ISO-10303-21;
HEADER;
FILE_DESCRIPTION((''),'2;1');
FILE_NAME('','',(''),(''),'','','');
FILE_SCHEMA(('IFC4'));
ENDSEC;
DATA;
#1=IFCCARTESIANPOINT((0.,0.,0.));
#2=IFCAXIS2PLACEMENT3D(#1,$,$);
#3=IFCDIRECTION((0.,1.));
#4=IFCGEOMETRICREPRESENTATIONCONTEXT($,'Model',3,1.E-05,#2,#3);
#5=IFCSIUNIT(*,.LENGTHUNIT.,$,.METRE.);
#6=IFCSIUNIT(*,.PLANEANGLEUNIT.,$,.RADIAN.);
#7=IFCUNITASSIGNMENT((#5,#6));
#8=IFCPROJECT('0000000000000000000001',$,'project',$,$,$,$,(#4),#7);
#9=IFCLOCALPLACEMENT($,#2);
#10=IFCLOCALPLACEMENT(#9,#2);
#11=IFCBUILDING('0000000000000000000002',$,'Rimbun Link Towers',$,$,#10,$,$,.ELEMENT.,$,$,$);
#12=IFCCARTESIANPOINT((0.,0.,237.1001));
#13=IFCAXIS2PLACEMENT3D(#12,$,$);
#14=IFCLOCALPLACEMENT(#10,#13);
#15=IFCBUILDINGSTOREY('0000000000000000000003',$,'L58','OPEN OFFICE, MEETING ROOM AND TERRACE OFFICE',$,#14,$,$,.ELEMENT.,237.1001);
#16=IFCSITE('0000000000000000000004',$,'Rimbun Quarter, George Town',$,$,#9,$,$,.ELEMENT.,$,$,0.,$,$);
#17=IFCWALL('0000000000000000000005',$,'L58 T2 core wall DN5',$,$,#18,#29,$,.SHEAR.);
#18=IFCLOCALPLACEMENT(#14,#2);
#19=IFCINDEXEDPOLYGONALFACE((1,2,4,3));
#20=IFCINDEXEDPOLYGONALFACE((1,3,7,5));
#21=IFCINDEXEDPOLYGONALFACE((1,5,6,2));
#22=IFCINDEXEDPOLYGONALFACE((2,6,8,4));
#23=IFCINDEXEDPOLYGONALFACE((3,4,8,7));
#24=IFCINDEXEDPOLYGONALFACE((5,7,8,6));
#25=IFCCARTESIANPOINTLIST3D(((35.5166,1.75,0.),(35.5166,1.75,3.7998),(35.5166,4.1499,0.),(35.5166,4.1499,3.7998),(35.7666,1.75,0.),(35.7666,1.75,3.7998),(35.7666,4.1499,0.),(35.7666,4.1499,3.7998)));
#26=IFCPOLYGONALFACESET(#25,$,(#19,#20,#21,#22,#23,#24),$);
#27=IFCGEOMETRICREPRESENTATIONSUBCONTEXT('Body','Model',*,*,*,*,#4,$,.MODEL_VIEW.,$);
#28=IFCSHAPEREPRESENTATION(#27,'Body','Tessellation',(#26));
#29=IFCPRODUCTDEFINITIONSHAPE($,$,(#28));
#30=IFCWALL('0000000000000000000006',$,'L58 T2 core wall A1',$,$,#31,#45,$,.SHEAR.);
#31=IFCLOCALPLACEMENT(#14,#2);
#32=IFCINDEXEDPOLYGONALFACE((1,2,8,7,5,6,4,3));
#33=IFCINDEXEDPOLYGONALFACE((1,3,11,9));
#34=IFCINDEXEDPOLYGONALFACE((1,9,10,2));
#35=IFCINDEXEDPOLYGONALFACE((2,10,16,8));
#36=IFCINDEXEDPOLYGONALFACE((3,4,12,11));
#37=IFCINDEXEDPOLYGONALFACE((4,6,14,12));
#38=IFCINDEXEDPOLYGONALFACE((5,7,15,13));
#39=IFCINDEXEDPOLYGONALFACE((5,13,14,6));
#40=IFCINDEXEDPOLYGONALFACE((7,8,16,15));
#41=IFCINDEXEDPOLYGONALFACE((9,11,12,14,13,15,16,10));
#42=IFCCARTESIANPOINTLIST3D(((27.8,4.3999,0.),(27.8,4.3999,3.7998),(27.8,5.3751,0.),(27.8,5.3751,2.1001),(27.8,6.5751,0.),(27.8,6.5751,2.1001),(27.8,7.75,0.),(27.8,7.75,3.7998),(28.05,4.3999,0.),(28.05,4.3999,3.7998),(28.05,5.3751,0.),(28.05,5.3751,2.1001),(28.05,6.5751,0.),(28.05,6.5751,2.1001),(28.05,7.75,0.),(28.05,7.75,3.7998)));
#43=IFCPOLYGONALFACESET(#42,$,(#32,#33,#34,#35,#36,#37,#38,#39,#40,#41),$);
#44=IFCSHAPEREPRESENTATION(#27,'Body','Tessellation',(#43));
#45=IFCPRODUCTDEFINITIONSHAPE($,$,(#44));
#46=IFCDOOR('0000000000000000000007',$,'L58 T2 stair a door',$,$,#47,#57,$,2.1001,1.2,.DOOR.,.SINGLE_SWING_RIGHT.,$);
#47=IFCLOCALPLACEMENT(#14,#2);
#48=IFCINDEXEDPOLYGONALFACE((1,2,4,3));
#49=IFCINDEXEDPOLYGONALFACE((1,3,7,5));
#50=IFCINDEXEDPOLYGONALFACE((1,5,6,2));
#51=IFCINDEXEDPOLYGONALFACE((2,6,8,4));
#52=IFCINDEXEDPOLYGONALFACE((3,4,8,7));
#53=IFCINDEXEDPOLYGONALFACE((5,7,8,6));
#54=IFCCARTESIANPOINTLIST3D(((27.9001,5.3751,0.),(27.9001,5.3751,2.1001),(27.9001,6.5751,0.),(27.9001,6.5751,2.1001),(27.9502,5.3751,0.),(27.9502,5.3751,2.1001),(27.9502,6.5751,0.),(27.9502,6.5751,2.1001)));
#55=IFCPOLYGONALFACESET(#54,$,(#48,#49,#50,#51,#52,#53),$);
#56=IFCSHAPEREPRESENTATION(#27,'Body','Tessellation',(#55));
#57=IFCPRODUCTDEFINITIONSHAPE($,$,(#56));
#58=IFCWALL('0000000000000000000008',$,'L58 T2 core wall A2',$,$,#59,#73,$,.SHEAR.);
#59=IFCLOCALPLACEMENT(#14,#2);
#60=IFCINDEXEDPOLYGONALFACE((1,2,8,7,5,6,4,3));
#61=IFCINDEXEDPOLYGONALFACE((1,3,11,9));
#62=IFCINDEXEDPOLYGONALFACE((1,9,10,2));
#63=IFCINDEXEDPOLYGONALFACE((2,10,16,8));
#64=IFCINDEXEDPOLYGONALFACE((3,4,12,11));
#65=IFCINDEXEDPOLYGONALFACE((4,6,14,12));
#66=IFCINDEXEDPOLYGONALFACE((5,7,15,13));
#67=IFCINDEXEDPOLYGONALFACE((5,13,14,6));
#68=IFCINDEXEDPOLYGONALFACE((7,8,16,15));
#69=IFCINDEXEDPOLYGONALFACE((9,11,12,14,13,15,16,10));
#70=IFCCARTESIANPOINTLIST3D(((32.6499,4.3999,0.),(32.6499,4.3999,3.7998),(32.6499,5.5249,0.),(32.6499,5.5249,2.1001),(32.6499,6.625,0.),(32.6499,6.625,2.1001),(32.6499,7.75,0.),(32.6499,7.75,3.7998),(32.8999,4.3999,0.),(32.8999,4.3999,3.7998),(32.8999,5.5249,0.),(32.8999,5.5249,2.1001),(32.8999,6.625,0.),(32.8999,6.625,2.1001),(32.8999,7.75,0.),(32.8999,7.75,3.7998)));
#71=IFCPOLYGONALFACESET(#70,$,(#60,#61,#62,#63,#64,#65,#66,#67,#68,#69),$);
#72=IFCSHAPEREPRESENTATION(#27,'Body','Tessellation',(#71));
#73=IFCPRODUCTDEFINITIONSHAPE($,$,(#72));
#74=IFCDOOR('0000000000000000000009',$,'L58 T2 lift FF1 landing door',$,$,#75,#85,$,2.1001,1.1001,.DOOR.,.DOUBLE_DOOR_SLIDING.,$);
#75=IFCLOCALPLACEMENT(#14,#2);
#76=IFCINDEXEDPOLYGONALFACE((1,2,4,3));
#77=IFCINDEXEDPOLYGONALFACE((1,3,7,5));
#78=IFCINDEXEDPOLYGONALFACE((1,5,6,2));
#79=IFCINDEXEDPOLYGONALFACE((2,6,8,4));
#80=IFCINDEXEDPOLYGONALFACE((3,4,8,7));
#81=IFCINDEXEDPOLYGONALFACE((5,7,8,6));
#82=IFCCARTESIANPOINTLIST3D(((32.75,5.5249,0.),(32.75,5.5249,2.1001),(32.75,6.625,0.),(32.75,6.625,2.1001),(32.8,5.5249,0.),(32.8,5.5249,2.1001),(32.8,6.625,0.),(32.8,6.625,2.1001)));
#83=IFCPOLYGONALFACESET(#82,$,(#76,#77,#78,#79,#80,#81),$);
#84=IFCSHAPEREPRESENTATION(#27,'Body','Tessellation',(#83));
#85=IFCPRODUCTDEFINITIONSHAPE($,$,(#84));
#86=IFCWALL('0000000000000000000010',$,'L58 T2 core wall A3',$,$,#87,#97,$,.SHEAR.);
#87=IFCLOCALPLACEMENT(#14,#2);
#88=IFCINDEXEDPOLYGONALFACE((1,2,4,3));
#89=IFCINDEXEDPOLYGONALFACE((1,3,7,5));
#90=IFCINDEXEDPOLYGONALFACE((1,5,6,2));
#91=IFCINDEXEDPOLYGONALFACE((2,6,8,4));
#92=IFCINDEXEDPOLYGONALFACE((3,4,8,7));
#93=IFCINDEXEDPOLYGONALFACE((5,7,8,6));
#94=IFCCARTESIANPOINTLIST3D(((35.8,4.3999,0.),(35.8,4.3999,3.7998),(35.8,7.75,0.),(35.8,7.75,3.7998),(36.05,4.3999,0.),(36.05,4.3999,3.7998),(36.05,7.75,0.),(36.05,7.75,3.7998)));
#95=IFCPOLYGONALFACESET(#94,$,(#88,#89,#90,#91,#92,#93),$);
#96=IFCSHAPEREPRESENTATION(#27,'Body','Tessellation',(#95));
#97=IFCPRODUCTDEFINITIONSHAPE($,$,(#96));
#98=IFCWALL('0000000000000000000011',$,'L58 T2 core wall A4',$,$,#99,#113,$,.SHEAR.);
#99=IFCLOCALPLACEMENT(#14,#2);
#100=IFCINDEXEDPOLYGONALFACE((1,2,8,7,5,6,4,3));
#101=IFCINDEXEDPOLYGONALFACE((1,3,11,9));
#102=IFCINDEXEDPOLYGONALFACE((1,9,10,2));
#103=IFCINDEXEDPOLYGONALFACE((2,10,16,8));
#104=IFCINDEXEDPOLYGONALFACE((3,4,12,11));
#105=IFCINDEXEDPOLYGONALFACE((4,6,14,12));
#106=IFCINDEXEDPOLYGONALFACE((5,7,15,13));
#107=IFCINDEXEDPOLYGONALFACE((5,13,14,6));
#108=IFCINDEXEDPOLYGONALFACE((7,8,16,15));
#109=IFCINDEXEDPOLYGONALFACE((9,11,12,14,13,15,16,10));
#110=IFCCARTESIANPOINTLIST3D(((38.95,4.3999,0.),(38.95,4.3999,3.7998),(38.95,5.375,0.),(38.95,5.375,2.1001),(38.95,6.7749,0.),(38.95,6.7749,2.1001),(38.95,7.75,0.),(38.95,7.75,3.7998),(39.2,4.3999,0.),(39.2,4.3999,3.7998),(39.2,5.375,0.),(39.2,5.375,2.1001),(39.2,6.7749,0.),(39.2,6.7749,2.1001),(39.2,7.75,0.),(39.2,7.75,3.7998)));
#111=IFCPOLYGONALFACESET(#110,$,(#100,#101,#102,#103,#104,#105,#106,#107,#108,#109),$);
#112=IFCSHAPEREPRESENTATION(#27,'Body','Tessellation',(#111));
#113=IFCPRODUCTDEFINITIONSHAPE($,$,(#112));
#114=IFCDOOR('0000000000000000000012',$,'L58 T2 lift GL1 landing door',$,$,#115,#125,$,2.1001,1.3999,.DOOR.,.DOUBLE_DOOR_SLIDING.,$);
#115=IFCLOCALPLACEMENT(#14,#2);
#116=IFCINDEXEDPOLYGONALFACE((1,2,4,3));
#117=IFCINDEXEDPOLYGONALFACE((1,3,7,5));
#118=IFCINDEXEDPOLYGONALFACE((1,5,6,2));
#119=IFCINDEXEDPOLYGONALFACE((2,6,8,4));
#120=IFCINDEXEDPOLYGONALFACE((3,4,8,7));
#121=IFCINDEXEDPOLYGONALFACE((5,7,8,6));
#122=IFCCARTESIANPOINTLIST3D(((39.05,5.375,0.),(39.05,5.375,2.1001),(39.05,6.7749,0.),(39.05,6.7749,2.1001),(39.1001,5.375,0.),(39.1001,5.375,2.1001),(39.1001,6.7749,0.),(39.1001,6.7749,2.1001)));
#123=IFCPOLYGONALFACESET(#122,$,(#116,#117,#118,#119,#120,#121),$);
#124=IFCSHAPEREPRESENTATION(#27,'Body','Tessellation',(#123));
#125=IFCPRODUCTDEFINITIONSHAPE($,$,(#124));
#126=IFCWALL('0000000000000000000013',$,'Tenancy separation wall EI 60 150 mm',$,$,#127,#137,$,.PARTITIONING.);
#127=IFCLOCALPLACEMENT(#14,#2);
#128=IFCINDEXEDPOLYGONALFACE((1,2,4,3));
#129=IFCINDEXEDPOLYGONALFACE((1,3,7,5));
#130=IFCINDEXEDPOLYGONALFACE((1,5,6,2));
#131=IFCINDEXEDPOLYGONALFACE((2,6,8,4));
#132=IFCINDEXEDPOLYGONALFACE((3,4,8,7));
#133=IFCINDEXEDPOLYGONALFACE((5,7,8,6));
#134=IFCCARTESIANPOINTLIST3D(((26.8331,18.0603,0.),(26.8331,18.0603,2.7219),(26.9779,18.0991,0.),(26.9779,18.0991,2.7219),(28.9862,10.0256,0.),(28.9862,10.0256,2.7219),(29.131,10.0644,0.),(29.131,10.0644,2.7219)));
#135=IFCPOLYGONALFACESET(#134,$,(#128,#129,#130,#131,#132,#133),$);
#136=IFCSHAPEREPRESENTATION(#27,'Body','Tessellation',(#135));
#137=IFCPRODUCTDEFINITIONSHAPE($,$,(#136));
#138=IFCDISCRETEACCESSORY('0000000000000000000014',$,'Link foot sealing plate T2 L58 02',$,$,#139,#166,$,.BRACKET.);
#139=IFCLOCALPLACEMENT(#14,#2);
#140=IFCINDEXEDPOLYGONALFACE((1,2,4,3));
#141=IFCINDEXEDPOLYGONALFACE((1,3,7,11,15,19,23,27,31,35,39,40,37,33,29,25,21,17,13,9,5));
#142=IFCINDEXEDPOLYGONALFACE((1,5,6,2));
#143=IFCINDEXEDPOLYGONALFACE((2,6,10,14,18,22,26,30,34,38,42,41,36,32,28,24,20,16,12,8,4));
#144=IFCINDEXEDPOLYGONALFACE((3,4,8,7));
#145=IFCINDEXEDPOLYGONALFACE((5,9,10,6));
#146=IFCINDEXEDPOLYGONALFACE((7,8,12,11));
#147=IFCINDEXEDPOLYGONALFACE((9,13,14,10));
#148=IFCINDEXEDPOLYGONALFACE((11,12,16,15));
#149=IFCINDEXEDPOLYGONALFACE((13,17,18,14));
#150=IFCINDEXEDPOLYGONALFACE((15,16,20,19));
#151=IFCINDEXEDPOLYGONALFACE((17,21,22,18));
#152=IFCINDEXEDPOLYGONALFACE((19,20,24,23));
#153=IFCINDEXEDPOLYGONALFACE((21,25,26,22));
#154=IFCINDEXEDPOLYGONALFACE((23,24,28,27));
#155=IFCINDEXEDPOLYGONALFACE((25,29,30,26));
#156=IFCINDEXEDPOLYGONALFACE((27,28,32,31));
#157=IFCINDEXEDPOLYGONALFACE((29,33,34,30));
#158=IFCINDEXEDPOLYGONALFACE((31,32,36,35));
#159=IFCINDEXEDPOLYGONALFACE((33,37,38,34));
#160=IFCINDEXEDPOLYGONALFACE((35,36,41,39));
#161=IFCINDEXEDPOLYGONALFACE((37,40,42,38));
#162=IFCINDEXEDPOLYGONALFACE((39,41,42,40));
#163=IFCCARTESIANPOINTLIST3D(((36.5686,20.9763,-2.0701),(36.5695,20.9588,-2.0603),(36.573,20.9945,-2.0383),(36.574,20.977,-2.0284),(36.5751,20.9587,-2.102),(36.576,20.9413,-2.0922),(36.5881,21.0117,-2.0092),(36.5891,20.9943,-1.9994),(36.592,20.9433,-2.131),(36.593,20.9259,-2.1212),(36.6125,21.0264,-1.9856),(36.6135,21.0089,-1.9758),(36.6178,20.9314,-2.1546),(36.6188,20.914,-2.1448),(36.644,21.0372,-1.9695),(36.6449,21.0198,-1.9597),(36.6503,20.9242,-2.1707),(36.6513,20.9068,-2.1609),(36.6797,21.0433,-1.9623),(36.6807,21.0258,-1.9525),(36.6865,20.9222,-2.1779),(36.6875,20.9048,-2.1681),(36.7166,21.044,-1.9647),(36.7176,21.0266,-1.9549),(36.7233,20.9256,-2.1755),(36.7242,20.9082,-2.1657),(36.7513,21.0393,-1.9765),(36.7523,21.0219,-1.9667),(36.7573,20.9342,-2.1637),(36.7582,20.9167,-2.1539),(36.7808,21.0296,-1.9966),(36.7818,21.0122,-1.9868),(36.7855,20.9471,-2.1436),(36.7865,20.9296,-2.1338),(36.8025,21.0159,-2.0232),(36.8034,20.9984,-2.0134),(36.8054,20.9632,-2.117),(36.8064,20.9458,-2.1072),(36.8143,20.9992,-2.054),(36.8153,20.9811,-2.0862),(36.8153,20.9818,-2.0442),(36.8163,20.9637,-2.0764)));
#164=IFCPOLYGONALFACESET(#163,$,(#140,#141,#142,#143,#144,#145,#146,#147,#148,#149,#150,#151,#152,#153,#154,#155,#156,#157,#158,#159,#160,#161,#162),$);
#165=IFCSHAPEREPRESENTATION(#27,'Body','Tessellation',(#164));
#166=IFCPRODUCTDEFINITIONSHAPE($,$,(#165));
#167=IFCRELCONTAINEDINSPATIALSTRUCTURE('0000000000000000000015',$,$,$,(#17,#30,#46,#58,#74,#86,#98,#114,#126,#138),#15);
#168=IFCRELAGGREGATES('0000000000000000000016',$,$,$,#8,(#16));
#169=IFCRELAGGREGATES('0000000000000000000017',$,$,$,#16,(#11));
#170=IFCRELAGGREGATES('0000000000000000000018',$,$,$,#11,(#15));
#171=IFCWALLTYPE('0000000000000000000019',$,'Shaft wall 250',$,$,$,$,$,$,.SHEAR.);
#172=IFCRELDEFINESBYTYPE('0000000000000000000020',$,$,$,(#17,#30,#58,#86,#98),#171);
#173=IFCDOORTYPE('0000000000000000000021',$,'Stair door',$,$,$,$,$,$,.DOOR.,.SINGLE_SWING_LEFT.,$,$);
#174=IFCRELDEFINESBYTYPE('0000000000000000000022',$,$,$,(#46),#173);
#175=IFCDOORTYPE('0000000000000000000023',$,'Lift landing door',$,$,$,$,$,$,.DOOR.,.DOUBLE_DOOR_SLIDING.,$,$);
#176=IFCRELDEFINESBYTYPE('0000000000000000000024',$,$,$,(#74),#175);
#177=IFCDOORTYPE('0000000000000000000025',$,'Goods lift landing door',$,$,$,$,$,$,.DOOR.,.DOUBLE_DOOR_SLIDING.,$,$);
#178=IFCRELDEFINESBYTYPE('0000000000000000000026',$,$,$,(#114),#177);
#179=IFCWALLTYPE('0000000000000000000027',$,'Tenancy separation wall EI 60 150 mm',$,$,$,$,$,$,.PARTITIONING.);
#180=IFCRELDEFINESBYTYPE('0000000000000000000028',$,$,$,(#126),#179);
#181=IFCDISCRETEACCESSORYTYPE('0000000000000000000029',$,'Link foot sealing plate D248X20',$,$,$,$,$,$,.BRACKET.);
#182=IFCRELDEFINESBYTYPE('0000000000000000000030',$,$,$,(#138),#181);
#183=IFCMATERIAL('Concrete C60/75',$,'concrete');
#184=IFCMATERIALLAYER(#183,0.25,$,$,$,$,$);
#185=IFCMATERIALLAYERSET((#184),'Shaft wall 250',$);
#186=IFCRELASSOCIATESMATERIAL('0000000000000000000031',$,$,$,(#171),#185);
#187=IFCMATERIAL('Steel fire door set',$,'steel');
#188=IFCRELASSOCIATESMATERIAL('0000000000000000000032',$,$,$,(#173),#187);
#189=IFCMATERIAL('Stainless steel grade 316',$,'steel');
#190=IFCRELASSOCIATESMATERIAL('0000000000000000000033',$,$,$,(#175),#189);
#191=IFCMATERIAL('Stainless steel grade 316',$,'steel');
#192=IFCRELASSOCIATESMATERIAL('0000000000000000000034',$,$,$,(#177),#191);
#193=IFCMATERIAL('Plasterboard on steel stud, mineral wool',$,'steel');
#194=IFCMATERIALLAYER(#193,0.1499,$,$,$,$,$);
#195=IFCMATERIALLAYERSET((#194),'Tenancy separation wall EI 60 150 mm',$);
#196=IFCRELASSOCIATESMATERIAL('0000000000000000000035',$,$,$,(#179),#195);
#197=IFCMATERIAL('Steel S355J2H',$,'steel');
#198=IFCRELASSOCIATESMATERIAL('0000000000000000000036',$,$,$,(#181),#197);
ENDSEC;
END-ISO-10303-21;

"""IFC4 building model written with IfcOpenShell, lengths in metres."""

from ifc_helpers import new_model, si_unit, direction, frame, frame_2d, origin, origin_2d, place, context, subcontext, project, spatial, rectangle, circle, extrude, material, layer, layer_set, material_profile, profile_set, type_object, element, fill, save


model = new_model("IFC4")

# Units and contexts
model_context = context("Model", 3, precision=1e-05, world=origin(), true_north=direction((0.0, 1.0)))
body_context = subcontext(model_context, "Body", "Model", "MODEL_VIEW")
ifc_project = project(units=[si_unit("LENGTHUNIT", "METRE"), si_unit("PLANEANGLEUNIT", "RADIAN")], contexts=[model_context])

# Site, building, storey
site_placement = place(None, origin())
site = spatial("IfcSite", under=ifc_project, at=site_placement, Name="Rimbun Quarter, George Town", CompositionType="ELEMENT", RefElevation=0.0)
building_placement = place(site_placement, origin())
building = spatial("IfcBuilding", under=site, at=building_placement, Name="Rimbun Link Towers", CompositionType="ELEMENT")
storey_placement = place(building_placement, frame((0.0, 0.0, 237.1001)))
storey = spatial("IfcBuildingStorey", under=building, at=storey_placement, Name="L58", Description="OPEN OFFICE, MEETING ROOM AND TERRACE OFFICE", CompositionType="ELEMENT", Elevation=237.1001)

# Wall
ifc_material_1 = material(Name="Concrete C60/75", Category="concrete")
ifc_layer_1 = layer(ifc_material_1, 0.25)
ifc_layer_set_1 = layer_set([ifc_layer_1], Name="Shaft wall 250")
wall_type_1 = type_object("IfcWallType", Name="Shaft wall 250", PredefinedType="SHEAR", material=ifc_layer_set_1)
wall_1_placement = place(storey_placement, frame((35.6416, 1.75, 0.0), z_axis=(0.0, 0.0, 1.0), x_axis=(0.0, 1.0, 0.0)))
element("IfcWall", 1, at=wall_1_placement, inside=storey, type_object=wall_type_1, Name="L58 T2 core wall DN5", PredefinedType="SHEAR", context=body_context, shape_type="SweptSolid", body=[
    extrude(rectangle(XDim=2.3999, YDim=0.25, at=frame_2d((1.2, 0.0))), origin(), (0.0, 0.0, 1.0), 3.7998),
])

# Walls, openings, doors
wall_2_placement = place(storey_placement, frame((27.925, 4.3999, 0.0), z_axis=(0.0, 0.0, 1.0), x_axis=(0.0, 1.0, 0.0)))
wall_2 = element("IfcWall", 2, at=wall_2_placement, inside=storey, type_object=wall_type_1, Name="L58 T2 core wall A1", PredefinedType="SHEAR", context=body_context, shape_type="SweptSolid", body=[
    extrude(rectangle(XDim=3.3501, YDim=0.25, at=frame_2d((1.675, 0.0))), origin(), (0.0, 0.0, 1.0), 3.7998),
])
opening_1_placement = place(wall_2_placement, frame((0.9751, 0.0, 0.0)))
opening_1 = element("IfcOpeningElement", 3, at=opening_1_placement, cuts=wall_2, PredefinedType="OPENING", context=body_context, shape_type="SweptSolid", body=[
    extrude(rectangle(XDim=1.2, YDim=2.1001, at=frame_2d((0.6001, 1.05))), frame((0.0, 0.135, 0.0), z_axis=(0.0, -1.0, 0.0), x_axis=(1.0, 0.0, 0.0)), (0.0, 0.0, 1.0), 0.27),
])
ifc_material_2 = material(Name="Steel fire door set", Category="steel")
door_type_1 = type_object("IfcDoorType", Name="Stair door", OperationType="SINGLE_SWING_LEFT", PredefinedType="DOOR", material=ifc_material_2)
door_1_placement = place(opening_1_placement, origin())
door_1 = element("IfcDoor", 4, at=door_1_placement, inside=storey, type_object=door_type_1, Name="L58 T2 stair a door", OperationType="SINGLE_SWING_RIGHT", OverallHeight=2.1001, OverallWidth=1.2, PredefinedType="DOOR", context=body_context, shape_type="SweptSolid", body=[
    extrude(rectangle(XDim=1.2, YDim=2.1001, at=frame_2d((0.6001, 1.05))), frame((0.0, 0.0249, 0.0), z_axis=(0.0, -1.0, 0.0), x_axis=(1.0, 0.0, 0.0)), (0.0, 0.0, 1.0), 0.05),
])
fill(opening_1, door_1)
wall_3_placement = place(storey_placement, frame((32.7749, 4.3999, 0.0), z_axis=(0.0, 0.0, 1.0), x_axis=(0.0, 1.0, 0.0)))
wall_3 = element("IfcWall", 5, at=wall_3_placement, inside=storey, type_object=wall_type_1, Name="L58 T2 core wall A2", PredefinedType="SHEAR", context=body_context, shape_type="SweptSolid", body=[
    extrude(rectangle(XDim=3.3501, YDim=0.25, at=frame_2d((1.675, 0.0))), origin(), (0.0, 0.0, 1.0), 3.7998),
])
opening_2_placement = place(wall_3_placement, frame((1.125, 0.0, 0.0)))
opening_2 = element("IfcOpeningElement", 6, at=opening_2_placement, cuts=wall_3, PredefinedType="OPENING", context=body_context, shape_type="SweptSolid", body=[
    extrude(rectangle(XDim=1.1001, YDim=2.1001, at=frame_2d((0.55, 1.05))), frame((0.0, 0.135, 0.0), z_axis=(0.0, -1.0, 0.0), x_axis=(1.0, 0.0, 0.0)), (0.0, 0.0, 1.0), 0.27),
])
ifc_material_3 = material(Name="Stainless steel grade 316", Category="steel")
door_type_2 = type_object("IfcDoorType", Name="Lift landing door", OperationType="DOUBLE_DOOR_SLIDING", PredefinedType="DOOR", material=ifc_material_3)
door_2_placement = place(opening_2_placement, origin())
door_2 = element("IfcDoor", 7, at=door_2_placement, inside=storey, type_object=door_type_2, Name="L58 T2 lift FF1 landing door", OperationType="DOUBLE_DOOR_SLIDING", OverallHeight=2.1001, OverallWidth=1.1001, PredefinedType="DOOR", context=body_context, shape_type="SweptSolid", body=[
    extrude(rectangle(XDim=1.1001, YDim=2.1001, at=frame_2d((0.55, 1.05))), frame((0.0, 0.0249, 0.0), z_axis=(0.0, -1.0, 0.0), x_axis=(1.0, 0.0, 0.0)), (0.0, 0.0, 1.0), 0.05),
])
fill(opening_2, door_2)

# Wall
wall_4_placement = place(storey_placement, frame((35.925, 4.3999, 0.0), z_axis=(0.0, 0.0, 1.0), x_axis=(0.0, 1.0, 0.0)))
element("IfcWall", 8, at=wall_4_placement, inside=storey, type_object=wall_type_1, Name="L58 T2 core wall A3", PredefinedType="SHEAR", context=body_context, shape_type="SweptSolid", body=[
    extrude(rectangle(XDim=3.3501, YDim=0.25, at=frame_2d((1.675, 0.0))), origin(), (0.0, 0.0, 1.0), 3.7998),
])

# Wall, opening, door
wall_5_placement = place(storey_placement, frame((39.075, 4.3999, 0.0), z_axis=(0.0, 0.0, 1.0), x_axis=(0.0, 1.0, 0.0)))
wall_5 = element("IfcWall", 9, at=wall_5_placement, inside=storey, type_object=wall_type_1, Name="L58 T2 core wall A4", PredefinedType="SHEAR", context=body_context, shape_type="SweptSolid", body=[
    extrude(rectangle(XDim=3.3501, YDim=0.25, at=frame_2d((1.675, 0.0))), origin(), (0.0, 0.0, 1.0), 3.7998),
])
opening_3_placement = place(wall_5_placement, frame((0.9751, 0.0, 0.0)))
opening_3 = element("IfcOpeningElement", 10, at=opening_3_placement, cuts=wall_5, PredefinedType="OPENING", context=body_context, shape_type="SweptSolid", body=[
    extrude(rectangle(XDim=1.3999, YDim=2.1001, at=frame_2d((0.7, 1.05))), frame((0.0, 0.135, 0.0), z_axis=(0.0, -1.0, 0.0), x_axis=(1.0, 0.0, 0.0)), (0.0, 0.0, 1.0), 0.27),
])
ifc_material_4 = material(Name="Stainless steel grade 316", Category="steel")
door_type_3 = type_object("IfcDoorType", Name="Goods lift landing door", OperationType="DOUBLE_DOOR_SLIDING", PredefinedType="DOOR", material=ifc_material_4)
door_3_placement = place(opening_3_placement, origin())
door_3 = element("IfcDoor", 11, at=door_3_placement, inside=storey, type_object=door_type_3, Name="L58 T2 lift GL1 landing door", OperationType="DOUBLE_DOOR_SLIDING", OverallHeight=2.1001, OverallWidth=1.3999, PredefinedType="DOOR", context=body_context, shape_type="SweptSolid", body=[
    extrude(rectangle(XDim=1.3999, YDim=2.1001, at=frame_2d((0.7, 1.05))), frame((0.0, 0.0249, 0.0), z_axis=(0.0, -1.0, 0.0), x_axis=(1.0, 0.0, 0.0)), (0.0, 0.0, 1.0), 0.05),
])
fill(opening_3, door_3)

# Wall
ifc_material_5 = material(Name="Plasterboard on steel stud, mineral wool", Category="steel")
ifc_layer_2 = layer(ifc_material_5, 0.1499)
ifc_layer_set_2 = layer_set([ifc_layer_2], Name="Tenancy separation wall EI 60 150 mm")
wall_type_2 = type_object("IfcWallType", Name="Tenancy separation wall EI 60 150 mm", PredefinedType="PARTITIONING", material=ifc_layer_set_2)
wall_6_placement = place(storey_placement, frame((29.0586, 10.0449, 0.0), z_axis=(0.0, 0.0, 1.0), x_axis=(-0.258841, 0.96592, 0.0)))
element("IfcWall", 12, at=wall_6_placement, inside=storey, type_object=wall_type_2, Name="Tenancy separation wall EI 60 150 mm", PredefinedType="PARTITIONING", context=body_context, shape_type="SweptSolid", body=[
    extrude(rectangle(XDim=8.3181, YDim=0.1499, at=frame_2d((4.1592, 0.0))), origin(), (0.0, 0.0, 1.0), 2.7219),
])

# Discrete accessory
ifc_material_6 = material(Name="Steel S355J2H", Category="steel")
ifc_material_profile_1 = material_profile(ifc_material_6, circle(Radius=0.124, at=origin_2d()), Name="PL D248")
ifc_profile_set_1 = profile_set([ifc_material_profile_1], Name="Steel S355J2H")
discrete_accessory_type = type_object("IfcDiscreteAccessoryType", Name="Link foot sealing plate D248X20", PredefinedType="BRACKET", material=ifc_profile_set_1)
discrete_accessory_placement = place(storey_placement, frame((36.6934, 20.9658, -2.0603), z_axis=(-0.049025, 0.8702, -0.490254), x_axis=(-0.998417, -0.056249, 0.0)))
element("IfcDiscreteAccessory", 13, at=discrete_accessory_placement, inside=storey, type_object=discrete_accessory_type, Name="Link foot sealing plate T2 L58 02", PredefinedType="BRACKET", context=body_context, shape_type="SweptSolid", body=[
    extrude(circle(Radius=0.124, at=origin_2d()), origin(), (0.0, 0.0, 1.0), 0.02),
])

save(model, "model.ifc")
